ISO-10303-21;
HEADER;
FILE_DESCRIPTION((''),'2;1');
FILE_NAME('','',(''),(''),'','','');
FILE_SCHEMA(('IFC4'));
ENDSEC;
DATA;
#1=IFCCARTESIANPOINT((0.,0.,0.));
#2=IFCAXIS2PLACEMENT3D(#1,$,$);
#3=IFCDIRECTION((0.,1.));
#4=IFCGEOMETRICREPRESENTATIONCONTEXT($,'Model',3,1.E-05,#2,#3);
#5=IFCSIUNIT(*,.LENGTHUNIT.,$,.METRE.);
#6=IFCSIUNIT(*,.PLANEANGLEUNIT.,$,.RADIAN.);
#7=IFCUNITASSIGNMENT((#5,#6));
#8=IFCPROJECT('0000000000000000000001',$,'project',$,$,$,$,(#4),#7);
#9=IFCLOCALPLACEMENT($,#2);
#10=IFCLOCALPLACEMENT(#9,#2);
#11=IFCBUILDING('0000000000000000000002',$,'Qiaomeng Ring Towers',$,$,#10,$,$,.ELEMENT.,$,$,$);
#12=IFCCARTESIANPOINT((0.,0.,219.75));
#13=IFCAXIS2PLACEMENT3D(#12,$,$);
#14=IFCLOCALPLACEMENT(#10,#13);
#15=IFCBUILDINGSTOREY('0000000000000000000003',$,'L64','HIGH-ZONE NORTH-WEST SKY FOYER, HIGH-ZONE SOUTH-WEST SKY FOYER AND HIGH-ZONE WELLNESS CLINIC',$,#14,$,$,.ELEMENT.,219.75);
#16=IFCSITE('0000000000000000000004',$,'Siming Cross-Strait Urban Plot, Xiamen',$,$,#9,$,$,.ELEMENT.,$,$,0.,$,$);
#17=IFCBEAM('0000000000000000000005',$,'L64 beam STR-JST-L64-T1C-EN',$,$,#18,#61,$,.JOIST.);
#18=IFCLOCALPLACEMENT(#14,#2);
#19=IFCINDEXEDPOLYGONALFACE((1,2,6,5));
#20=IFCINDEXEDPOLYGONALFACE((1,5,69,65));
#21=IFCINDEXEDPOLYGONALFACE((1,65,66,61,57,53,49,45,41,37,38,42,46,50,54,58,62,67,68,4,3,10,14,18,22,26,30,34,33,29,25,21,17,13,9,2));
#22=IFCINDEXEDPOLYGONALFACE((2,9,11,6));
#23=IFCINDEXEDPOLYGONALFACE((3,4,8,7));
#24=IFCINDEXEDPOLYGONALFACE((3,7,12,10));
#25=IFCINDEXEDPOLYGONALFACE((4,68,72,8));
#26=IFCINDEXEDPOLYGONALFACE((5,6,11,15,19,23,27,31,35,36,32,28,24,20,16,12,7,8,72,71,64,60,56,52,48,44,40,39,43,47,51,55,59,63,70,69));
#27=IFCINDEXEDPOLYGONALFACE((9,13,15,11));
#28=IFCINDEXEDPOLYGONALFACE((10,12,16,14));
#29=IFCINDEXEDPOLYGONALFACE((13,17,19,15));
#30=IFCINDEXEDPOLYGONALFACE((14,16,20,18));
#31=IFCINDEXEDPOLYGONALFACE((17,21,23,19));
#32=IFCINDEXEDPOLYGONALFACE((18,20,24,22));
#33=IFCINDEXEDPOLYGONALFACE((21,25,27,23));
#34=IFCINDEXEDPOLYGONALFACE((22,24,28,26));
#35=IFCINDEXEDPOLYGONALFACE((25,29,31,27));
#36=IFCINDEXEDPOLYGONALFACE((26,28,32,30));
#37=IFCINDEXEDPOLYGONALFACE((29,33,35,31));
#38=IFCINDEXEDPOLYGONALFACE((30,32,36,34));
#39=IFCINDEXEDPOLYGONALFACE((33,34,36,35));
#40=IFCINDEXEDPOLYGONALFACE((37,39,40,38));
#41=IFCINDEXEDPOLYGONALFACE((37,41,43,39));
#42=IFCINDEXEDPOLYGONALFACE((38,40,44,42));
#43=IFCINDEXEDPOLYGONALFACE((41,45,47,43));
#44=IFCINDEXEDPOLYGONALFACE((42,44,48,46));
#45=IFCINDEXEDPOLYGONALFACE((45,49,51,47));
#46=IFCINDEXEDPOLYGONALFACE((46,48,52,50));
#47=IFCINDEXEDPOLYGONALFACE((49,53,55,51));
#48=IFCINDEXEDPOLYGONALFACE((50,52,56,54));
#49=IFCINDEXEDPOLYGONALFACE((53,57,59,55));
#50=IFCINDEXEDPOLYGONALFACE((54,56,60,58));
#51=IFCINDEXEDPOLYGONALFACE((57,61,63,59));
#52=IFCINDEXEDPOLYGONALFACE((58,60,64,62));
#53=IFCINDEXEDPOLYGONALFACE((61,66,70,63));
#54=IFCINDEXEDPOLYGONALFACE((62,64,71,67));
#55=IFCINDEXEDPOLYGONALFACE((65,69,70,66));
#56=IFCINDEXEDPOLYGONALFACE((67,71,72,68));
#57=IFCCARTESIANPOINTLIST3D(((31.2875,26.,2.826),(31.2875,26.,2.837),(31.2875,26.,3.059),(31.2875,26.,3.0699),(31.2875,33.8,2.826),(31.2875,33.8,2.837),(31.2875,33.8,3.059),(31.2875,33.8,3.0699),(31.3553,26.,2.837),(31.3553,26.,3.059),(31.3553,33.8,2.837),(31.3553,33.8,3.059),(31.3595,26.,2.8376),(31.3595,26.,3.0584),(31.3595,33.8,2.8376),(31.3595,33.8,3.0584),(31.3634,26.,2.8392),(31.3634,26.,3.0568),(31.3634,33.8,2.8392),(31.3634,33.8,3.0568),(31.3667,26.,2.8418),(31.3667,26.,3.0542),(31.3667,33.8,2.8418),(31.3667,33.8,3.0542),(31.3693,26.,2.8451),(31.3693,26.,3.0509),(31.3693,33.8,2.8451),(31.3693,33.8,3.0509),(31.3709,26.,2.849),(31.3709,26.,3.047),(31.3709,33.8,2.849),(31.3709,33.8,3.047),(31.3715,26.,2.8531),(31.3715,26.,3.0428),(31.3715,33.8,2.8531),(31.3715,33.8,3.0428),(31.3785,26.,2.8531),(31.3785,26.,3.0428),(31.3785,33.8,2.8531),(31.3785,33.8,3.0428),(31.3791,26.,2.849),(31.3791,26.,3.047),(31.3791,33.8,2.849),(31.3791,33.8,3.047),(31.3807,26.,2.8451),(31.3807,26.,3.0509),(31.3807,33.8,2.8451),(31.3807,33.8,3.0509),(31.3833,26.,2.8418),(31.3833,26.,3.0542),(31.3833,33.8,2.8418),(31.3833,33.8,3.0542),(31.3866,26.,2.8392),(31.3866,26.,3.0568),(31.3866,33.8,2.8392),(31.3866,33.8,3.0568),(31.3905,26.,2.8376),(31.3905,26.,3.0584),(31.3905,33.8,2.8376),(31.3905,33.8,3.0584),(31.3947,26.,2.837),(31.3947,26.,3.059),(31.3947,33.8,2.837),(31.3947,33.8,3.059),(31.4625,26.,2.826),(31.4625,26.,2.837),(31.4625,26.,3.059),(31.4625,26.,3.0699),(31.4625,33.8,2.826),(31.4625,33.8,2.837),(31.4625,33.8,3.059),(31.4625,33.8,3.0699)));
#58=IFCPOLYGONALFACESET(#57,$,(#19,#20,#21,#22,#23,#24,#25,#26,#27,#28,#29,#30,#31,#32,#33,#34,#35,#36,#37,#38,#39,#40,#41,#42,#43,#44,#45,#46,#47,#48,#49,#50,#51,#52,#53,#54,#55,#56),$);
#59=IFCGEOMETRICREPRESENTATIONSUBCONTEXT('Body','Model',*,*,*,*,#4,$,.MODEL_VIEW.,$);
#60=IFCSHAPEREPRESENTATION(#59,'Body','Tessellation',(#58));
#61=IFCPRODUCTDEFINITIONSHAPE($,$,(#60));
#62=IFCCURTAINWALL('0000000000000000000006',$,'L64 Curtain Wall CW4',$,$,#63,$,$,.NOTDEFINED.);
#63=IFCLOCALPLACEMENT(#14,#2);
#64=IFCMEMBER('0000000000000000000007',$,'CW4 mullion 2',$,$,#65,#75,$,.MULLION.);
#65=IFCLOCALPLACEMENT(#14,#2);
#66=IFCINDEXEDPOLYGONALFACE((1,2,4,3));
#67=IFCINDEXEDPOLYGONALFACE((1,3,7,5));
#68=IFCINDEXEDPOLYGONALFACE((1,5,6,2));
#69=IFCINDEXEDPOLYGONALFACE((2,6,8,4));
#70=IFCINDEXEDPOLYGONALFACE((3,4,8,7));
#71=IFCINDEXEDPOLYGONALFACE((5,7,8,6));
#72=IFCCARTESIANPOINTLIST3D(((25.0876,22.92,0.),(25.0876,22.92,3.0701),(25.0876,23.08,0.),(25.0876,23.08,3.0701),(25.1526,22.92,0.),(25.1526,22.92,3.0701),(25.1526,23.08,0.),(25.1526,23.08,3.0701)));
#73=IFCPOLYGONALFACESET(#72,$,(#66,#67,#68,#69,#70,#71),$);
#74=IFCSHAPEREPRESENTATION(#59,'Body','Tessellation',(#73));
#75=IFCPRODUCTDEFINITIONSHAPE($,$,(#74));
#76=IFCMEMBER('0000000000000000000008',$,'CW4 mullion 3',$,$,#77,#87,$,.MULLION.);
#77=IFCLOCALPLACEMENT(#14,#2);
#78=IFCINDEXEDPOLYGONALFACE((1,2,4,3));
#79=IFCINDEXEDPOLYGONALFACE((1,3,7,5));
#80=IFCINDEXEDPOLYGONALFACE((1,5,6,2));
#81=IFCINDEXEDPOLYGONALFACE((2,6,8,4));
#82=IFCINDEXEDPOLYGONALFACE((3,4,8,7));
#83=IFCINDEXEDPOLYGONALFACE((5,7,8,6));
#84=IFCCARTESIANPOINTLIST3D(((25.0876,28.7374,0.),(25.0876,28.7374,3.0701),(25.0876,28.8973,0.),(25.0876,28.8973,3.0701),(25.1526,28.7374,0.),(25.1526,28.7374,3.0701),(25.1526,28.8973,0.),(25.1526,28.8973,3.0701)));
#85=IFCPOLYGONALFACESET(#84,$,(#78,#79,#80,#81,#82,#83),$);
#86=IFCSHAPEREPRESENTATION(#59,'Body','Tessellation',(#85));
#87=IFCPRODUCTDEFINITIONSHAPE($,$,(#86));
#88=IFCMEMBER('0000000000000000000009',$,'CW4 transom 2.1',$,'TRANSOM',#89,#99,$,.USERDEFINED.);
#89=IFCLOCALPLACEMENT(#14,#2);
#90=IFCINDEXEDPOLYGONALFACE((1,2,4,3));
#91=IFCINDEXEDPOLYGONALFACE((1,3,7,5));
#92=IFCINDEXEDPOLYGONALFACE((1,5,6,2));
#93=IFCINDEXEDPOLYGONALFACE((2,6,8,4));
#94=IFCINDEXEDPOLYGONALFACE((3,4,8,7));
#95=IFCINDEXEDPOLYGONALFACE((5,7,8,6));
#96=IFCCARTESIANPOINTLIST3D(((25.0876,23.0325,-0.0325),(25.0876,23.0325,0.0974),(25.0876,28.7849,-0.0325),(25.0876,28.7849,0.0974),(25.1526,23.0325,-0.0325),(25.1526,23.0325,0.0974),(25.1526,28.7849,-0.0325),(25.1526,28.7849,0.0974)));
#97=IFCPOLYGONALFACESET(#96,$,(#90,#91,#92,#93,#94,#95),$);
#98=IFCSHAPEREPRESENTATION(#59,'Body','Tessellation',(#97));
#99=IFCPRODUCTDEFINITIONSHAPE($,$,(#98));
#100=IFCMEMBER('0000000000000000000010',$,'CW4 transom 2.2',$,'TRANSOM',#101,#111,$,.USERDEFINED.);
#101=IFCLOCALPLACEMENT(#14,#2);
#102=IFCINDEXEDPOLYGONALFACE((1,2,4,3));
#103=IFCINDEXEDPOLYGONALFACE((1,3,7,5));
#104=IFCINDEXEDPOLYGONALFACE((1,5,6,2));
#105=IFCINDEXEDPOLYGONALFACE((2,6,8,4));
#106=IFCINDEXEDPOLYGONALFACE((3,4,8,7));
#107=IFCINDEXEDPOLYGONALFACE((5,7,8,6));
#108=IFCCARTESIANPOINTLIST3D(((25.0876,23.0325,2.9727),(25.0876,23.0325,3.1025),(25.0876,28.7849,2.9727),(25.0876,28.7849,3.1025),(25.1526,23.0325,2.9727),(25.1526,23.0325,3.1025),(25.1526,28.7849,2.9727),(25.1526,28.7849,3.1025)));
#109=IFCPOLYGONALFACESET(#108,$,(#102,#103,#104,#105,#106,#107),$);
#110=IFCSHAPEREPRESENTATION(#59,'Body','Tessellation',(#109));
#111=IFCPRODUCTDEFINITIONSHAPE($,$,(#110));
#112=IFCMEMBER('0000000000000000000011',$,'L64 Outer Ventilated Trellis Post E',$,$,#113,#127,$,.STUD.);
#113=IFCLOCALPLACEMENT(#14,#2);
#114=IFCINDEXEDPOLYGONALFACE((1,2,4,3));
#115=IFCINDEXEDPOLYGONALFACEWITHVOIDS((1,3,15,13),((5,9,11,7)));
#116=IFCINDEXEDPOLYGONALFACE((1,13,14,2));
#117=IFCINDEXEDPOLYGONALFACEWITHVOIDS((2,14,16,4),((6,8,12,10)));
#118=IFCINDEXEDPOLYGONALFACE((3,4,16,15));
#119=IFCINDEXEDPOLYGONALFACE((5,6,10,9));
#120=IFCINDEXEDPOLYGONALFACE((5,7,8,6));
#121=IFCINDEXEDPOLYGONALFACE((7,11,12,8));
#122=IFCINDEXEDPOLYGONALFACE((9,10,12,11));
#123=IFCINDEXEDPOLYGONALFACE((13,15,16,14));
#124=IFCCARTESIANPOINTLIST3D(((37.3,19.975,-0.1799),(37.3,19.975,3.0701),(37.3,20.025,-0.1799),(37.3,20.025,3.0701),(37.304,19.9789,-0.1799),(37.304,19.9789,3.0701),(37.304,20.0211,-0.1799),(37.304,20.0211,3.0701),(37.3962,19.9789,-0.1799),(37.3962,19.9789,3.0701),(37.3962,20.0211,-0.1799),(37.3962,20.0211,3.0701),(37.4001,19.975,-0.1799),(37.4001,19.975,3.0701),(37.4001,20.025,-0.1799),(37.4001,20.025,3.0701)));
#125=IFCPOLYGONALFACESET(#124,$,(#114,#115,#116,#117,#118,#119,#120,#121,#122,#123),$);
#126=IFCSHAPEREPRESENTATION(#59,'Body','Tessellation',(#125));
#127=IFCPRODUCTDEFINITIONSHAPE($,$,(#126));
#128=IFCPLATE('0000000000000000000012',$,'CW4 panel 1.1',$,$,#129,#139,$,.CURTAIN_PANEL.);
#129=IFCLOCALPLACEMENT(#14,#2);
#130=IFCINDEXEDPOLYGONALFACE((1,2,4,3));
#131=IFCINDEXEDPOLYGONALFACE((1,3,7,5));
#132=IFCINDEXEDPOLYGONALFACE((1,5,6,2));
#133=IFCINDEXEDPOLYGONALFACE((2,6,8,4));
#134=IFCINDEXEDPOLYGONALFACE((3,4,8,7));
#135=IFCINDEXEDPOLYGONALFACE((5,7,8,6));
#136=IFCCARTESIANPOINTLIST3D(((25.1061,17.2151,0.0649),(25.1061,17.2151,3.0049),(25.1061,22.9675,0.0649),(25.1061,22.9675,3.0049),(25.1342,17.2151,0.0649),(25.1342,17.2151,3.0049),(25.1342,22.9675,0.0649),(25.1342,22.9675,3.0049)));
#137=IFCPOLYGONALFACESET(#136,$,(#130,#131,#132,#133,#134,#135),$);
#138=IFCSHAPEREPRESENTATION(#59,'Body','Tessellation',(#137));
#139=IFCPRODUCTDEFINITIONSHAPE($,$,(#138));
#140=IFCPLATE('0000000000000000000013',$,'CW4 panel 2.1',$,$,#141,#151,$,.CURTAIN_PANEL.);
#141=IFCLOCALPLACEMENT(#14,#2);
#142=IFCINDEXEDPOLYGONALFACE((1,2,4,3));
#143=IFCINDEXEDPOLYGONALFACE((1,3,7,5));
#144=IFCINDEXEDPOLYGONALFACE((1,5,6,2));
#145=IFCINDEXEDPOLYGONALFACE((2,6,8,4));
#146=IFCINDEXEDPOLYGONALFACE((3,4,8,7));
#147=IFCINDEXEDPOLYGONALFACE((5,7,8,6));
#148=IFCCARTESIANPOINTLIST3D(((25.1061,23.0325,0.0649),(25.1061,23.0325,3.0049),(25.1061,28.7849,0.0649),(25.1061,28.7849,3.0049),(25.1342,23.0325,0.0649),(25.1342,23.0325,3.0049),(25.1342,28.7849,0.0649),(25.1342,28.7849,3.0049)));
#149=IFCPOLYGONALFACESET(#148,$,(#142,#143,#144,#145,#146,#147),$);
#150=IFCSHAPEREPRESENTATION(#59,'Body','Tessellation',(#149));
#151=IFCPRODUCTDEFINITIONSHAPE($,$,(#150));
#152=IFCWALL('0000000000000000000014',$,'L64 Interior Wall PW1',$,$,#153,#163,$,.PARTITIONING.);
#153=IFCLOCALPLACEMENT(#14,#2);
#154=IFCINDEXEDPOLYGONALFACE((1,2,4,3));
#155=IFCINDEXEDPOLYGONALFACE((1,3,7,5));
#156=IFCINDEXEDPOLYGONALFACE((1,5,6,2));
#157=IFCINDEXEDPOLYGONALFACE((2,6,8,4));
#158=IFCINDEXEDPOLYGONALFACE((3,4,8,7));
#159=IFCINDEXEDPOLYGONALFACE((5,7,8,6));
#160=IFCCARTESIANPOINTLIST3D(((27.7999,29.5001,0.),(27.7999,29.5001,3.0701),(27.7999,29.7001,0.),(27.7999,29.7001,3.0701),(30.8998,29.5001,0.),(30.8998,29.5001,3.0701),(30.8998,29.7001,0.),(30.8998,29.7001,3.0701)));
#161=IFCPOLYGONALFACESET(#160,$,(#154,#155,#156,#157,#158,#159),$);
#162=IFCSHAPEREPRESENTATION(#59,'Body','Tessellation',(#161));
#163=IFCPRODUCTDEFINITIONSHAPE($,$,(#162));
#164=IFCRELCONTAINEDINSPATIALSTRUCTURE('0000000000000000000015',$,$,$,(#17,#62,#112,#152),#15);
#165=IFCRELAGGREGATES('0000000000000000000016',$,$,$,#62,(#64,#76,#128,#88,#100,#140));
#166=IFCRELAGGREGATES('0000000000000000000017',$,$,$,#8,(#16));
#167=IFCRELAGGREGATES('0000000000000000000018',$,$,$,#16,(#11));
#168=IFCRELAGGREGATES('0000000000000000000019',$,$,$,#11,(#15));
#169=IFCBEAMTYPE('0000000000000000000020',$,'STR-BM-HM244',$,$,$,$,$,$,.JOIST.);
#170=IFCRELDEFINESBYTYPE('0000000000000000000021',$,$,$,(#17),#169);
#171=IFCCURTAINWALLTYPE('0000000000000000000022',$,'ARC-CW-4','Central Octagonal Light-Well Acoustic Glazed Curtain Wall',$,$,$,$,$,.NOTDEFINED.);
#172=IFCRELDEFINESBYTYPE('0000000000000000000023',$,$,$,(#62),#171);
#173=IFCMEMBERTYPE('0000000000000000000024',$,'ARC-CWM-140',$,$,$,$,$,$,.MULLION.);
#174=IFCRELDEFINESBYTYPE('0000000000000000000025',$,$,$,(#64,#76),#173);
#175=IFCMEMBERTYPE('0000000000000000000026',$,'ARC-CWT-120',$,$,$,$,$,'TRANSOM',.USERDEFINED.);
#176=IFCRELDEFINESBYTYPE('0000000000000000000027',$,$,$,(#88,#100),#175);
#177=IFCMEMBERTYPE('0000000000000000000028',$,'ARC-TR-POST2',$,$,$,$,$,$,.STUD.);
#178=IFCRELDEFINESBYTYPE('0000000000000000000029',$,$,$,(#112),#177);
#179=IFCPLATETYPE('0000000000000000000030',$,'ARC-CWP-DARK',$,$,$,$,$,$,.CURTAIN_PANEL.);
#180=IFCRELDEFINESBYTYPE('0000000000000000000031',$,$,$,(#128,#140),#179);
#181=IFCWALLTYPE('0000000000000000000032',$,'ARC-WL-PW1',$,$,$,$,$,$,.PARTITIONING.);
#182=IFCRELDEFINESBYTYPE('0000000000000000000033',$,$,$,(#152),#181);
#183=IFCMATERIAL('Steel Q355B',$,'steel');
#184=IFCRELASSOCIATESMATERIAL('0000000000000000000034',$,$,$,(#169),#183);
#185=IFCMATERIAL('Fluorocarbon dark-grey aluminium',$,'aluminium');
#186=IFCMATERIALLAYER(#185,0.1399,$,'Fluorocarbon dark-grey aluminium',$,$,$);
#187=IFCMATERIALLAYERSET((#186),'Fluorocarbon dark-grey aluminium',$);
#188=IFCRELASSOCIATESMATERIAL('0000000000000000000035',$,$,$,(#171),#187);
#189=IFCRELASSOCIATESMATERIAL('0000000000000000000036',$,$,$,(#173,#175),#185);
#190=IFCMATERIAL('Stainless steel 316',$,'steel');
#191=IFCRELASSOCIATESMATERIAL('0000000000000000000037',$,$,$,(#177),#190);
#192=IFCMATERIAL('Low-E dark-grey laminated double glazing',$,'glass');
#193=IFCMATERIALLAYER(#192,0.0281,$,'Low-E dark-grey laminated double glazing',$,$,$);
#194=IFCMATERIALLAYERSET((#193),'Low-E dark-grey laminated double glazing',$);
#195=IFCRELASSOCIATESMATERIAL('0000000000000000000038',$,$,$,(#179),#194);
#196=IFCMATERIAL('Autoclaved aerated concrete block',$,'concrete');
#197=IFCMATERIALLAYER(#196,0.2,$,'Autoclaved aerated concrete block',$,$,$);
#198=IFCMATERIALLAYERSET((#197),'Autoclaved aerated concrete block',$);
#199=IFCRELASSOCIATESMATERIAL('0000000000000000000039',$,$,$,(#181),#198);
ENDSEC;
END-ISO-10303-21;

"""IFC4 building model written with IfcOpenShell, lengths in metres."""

from ifc_helpers import new_model, si_unit, direction, frame, frame_2d, origin, origin_2d, place, context, subcontext, project, spatial, rectangle, hollow_rectangle, i_section, extrude, source, transform, mapped, material, layer, layer_set, material_profile, profile_set, type_object, element, aggregate, save


model = new_model("IFC4")

# Units and contexts
model_context = context("Model", 3, precision=1e-05, world=origin(), true_north=direction((0.0, 1.0)))
body_context = subcontext(model_context, "Body", "Model", "MODEL_VIEW")
ifc_project = project(units=[si_unit("LENGTHUNIT", "METRE"), si_unit("PLANEANGLEUNIT", "RADIAN")], contexts=[model_context])

# Site, building, storey
site_placement = place(None, origin())
site = spatial("IfcSite", under=ifc_project, at=site_placement, Name="Siming Cross-Strait Urban Plot, Xiamen", CompositionType="ELEMENT", RefElevation=0.0)
building_placement = place(site_placement, origin())
building = spatial("IfcBuilding", under=site, at=building_placement, Name="Qiaomeng Ring Towers", CompositionType="ELEMENT")
storey_placement = place(building_placement, frame((0.0, 0.0, 219.75)))
storey = spatial("IfcBuildingStorey", under=building, at=storey_placement, Name="L64", Description="HIGH-ZONE NORTH-WEST SKY FOYER, HIGH-ZONE SOUTH-WEST SKY FOYER AND HIGH-ZONE WELLNESS CLINIC", CompositionType="ELEMENT", Elevation=219.75)

# Beam
ifc_material_1 = material(Name="Steel Q355B", Category="steel")
ifc_material_profile_1 = material_profile(ifc_material_1, i_section(OverallWidth=0.175, OverallDepth=0.2439, WebThickness=0.0071, FlangeThickness=0.011, FilletRadius=0.0161, at=origin_2d()), Name="HM 244x175x7x11")
ifc_profile_set_1 = profile_set([ifc_material_profile_1], Name="Steel Q355B")
beam_type_1 = type_object("IfcBeamType", Name="STR-BM-HM244", PredefinedType="JOIST", material=ifc_profile_set_1)
shared_shape_1 = source(origin(), body_context, "Body", "SweptSolid", [
    extrude(i_section(OverallWidth=0.175, OverallDepth=0.2439, WebThickness=0.0071, FlangeThickness=0.011, FilletRadius=0.0161, at=origin_2d()), origin(), (0.0, 0.0, 1.0), 7.8),
])
beam_1_placement = place(storey_placement, frame((31.375, 26.0, 2.948), z_axis=(0.0, 1.0, 0.0), x_axis=(-1.0, 0.0, 0.0)))
element("IfcBeam", 1, at=beam_1_placement, inside=storey, type_object=beam_type_1, Name="L64 beam STR-JST-L64-T1C-EN", PredefinedType="JOIST", context=body_context, shape_type="MappedRepresentation", body=[
    mapped(shared_shape_1, transform((0.0, 0.0, 0.0), x_axis=(1.0, 0.0, 0.0), y_axis=(0.0, 1.0, 0.0), z_axis=(0.0, 0.0, 1.0), scale=1.0)),
])

# Curtain wall, members
ifc_material_2 = material(Name="Fluorocarbon dark-grey aluminium", Category="aluminium")
ifc_layer_1 = layer(ifc_material_2, 0.1399, Name="Fluorocarbon dark-grey aluminium")
ifc_layer_set_1 = layer_set([ifc_layer_1], Name="Fluorocarbon dark-grey aluminium")
curtain_wall_type = type_object("IfcCurtainWallType", Name="ARC-CW-4", Description="Central Octagonal Light-Well Acoustic Glazed Curtain Wall", PredefinedType="NOTDEFINED", material=ifc_layer_set_1)
curtain_wall_placement = place(storey_placement, origin())
curtain_wall = element("IfcCurtainWall", 2, at=curtain_wall_placement, inside=storey, type_object=curtain_wall_type, Name="L64 Curtain Wall CW4", PredefinedType="NOTDEFINED")
ifc_material_profile_2 = material_profile(ifc_material_2, rectangle(XDim=0.0649, YDim=0.1599, at=origin_2d()), Name="ALU MULL 65x160")
ifc_profile_set_2 = profile_set([ifc_material_profile_2], Name="Fluorocarbon dark-grey aluminium")
member_type_1 = type_object("IfcMemberType", Name="ARC-CWM-140", PredefinedType="MULLION", material=ifc_profile_set_2)
shared_shape_2 = source(origin(), body_context, "Body", "SweptSolid", [
    extrude(rectangle(XDim=0.0649, YDim=0.1599, at=origin_2d()), origin(), (0.0, 0.0, 1.0), 3.0701),
])
member_1_placement = place(storey_placement, frame((25.1201, 23.0, 0.0), z_axis=(0.0, 0.0, 1.0), x_axis=(-1.0, 0.0, 0.0)))
member_1 = element("IfcMember", 3, at=member_1_placement, type_object=member_type_1, Name="CW4 mullion 2", PredefinedType="MULLION", context=body_context, shape_type="MappedRepresentation", body=[
    mapped(shared_shape_2, transform((0.0, 0.0, 0.0), x_axis=(1.0, 0.0, 0.0), y_axis=(0.0, 1.0, 0.0), z_axis=(0.0, 0.0, 1.0), scale=1.0)),
])
member_2_placement = place(storey_placement, frame((25.1201, 28.8174, 0.0), z_axis=(0.0, 0.0, 1.0), x_axis=(-1.0, 0.0, 0.0)))
member_2 = element("IfcMember", 4, at=member_2_placement, type_object=member_type_1, Name="CW4 mullion 3", PredefinedType="MULLION", context=body_context, shape_type="MappedRepresentation", body=[
    mapped(shared_shape_2, transform((0.0, 0.0, 0.0), x_axis=(1.0, 0.0, 0.0), y_axis=(0.0, 1.0, 0.0), z_axis=(0.0, 0.0, 1.0), scale=1.0)),
])
ifc_material_profile_3 = material_profile(ifc_material_2, rectangle(XDim=0.0649, YDim=0.1299, at=origin_2d()), Name="ALU TRAN 65x130")
ifc_profile_set_3 = profile_set([ifc_material_profile_3], Name="Fluorocarbon dark-grey aluminium")
member_type_2 = type_object("IfcMemberType", Name="ARC-CWT-120", ElementType="TRANSOM", PredefinedType="USERDEFINED", material=ifc_profile_set_3)
shared_shape_3 = source(origin(), body_context, "Body", "SweptSolid", [
    extrude(rectangle(XDim=0.0649, YDim=0.1299, at=origin_2d()), origin(), (0.0, 0.0, 1.0), 5.7524),
])
member_3_placement = place(storey_placement, frame((25.1201, 23.0325, 0.0325), z_axis=(0.0, 1.0, 0.0), x_axis=(-1.0, 0.0, 0.0)))
member_3 = element("IfcMember", 5, at=member_3_placement, type_object=member_type_2, Name="CW4 transom 2.1", ObjectType="TRANSOM", PredefinedType="USERDEFINED", context=body_context, shape_type="MappedRepresentation", body=[
    mapped(shared_shape_3, transform((0.0, 0.0, 0.0), x_axis=(1.0, 0.0, 0.0), y_axis=(0.0, 1.0, 0.0), z_axis=(0.0, 0.0, 1.0), scale=1.0)),
])
member_4_placement = place(storey_placement, frame((25.1201, 23.0325, 3.0376), z_axis=(0.0, 1.0, 0.0), x_axis=(-1.0, 0.0, 0.0)))
member_4 = element("IfcMember", 6, at=member_4_placement, type_object=member_type_2, Name="CW4 transom 2.2", ObjectType="TRANSOM", PredefinedType="USERDEFINED", context=body_context, shape_type="MappedRepresentation", body=[
    mapped(shared_shape_3, transform((0.0, 0.0, 0.0), x_axis=(1.0, 0.0, 0.0), y_axis=(0.0, 1.0, 0.0), z_axis=(0.0, 0.0, 1.0), scale=1.0)),
])

# Member
ifc_material_3 = material(Name="Stainless steel 316", Category="steel")
ifc_material_profile_4 = material_profile(ifc_material_3, hollow_rectangle(XDim=0.05, YDim=0.1001, WallThickness=0.0039, at=origin_2d()), Name="SS TRELLIS 100x50")
ifc_profile_set_4 = profile_set([ifc_material_profile_4], Name="Stainless steel 316")
member_type_3 = type_object("IfcMemberType", Name="ARC-TR-POST2", PredefinedType="STUD", material=ifc_profile_set_4)
shared_shape_4 = source(origin(), body_context, "Body", "SweptSolid", [
    extrude(hollow_rectangle(XDim=0.05, YDim=0.1001, WallThickness=0.0039, at=origin_2d()), origin(), (0.0, 0.0, 1.0), 3.25),
])
member_5_placement = place(storey_placement, frame((37.3501, 20.0, -0.1799), z_axis=(0.0, 0.0, 1.0), x_axis=(0.0, 1.0, 0.0)))
element("IfcMember", 7, at=member_5_placement, inside=storey, type_object=member_type_3, Name="L64 Outer Ventilated Trellis Post E", PredefinedType="STUD", context=body_context, shape_type="MappedRepresentation", body=[
    mapped(shared_shape_4, transform((0.0, 0.0, 0.0), x_axis=(1.0, 0.0, 0.0), y_axis=(0.0, 1.0, 0.0), z_axis=(0.0, 0.0, 1.0), scale=1.0)),
])

# Plates
ifc_material_4 = material(Name="Low-E dark-grey laminated double glazing", Category="glass")
ifc_layer_2 = layer(ifc_material_4, 0.0281, Name="Low-E dark-grey laminated double glazing")
ifc_layer_set_2 = layer_set([ifc_layer_2], Name="Low-E dark-grey laminated double glazing")
plate_type = type_object("IfcPlateType", Name="ARC-CWP-DARK", PredefinedType="CURTAIN_PANEL", material=ifc_layer_set_2)
shared_shape_5 = source(origin(), body_context, "Body", "SweptSolid", [
    extrude(rectangle(XDim=5.7524, YDim=0.0281, at=origin_2d()), origin(), (0.0, 0.0, 1.0), 2.9399),
])
plate_1_placement = place(storey_placement, frame((25.1201, 20.0913, 0.0649), z_axis=(0.0, 0.0, 1.0), x_axis=(0.0, 1.0, 0.0)))
plate_1 = element("IfcPlate", 8, at=plate_1_placement, type_object=plate_type, Name="CW4 panel 1.1", PredefinedType="CURTAIN_PANEL", context=body_context, shape_type="MappedRepresentation", body=[
    mapped(shared_shape_5, transform((0.0, 0.0, 0.0), x_axis=(1.0, 0.0, 0.0), y_axis=(0.0, 1.0, 0.0), z_axis=(0.0, 0.0, 1.0), scale=1.0)),
])
plate_2_placement = place(storey_placement, frame((25.1201, 25.9087, 0.0649), z_axis=(0.0, 0.0, 1.0), x_axis=(0.0, 1.0, 0.0)))
plate_2 = element("IfcPlate", 9, at=plate_2_placement, type_object=plate_type, Name="CW4 panel 2.1", PredefinedType="CURTAIN_PANEL", context=body_context, shape_type="MappedRepresentation", body=[
    mapped(shared_shape_5, transform((0.0, 0.0, 0.0), x_axis=(1.0, 0.0, 0.0), y_axis=(0.0, 1.0, 0.0), z_axis=(0.0, 0.0, 1.0), scale=1.0)),
])
aggregate(curtain_wall, [member_1, member_2, plate_1, member_3, member_4, plate_2])

# Wall
ifc_material_5 = material(Name="Autoclaved aerated concrete block", Category="concrete")
ifc_layer_3 = layer(ifc_material_5, 0.2, Name="Autoclaved aerated concrete block")
ifc_layer_set_3 = layer_set([ifc_layer_3], Name="Autoclaved aerated concrete block")
wall_type_1 = type_object("IfcWallType", Name="ARC-WL-PW1", PredefinedType="PARTITIONING", material=ifc_layer_set_3)
wall_1_placement = place(storey_placement, frame((27.8, 29.6001, 0.0), z_axis=(0.0, 0.0, 1.0), x_axis=(1.0, 0.0, 0.0)))
element("IfcWall", 10, at=wall_1_placement, inside=storey, type_object=wall_type_1, Name="L64 Interior Wall PW1", PredefinedType="PARTITIONING", context=body_context, shape_type="SweptSolid", body=[
    extrude(rectangle(XDim=3.0999, YDim=0.2, at=frame_2d((1.5498, 0.0))), origin(), (0.0, 0.0, 1.0), 3.0701),
])

save(model, "model.ifc")
